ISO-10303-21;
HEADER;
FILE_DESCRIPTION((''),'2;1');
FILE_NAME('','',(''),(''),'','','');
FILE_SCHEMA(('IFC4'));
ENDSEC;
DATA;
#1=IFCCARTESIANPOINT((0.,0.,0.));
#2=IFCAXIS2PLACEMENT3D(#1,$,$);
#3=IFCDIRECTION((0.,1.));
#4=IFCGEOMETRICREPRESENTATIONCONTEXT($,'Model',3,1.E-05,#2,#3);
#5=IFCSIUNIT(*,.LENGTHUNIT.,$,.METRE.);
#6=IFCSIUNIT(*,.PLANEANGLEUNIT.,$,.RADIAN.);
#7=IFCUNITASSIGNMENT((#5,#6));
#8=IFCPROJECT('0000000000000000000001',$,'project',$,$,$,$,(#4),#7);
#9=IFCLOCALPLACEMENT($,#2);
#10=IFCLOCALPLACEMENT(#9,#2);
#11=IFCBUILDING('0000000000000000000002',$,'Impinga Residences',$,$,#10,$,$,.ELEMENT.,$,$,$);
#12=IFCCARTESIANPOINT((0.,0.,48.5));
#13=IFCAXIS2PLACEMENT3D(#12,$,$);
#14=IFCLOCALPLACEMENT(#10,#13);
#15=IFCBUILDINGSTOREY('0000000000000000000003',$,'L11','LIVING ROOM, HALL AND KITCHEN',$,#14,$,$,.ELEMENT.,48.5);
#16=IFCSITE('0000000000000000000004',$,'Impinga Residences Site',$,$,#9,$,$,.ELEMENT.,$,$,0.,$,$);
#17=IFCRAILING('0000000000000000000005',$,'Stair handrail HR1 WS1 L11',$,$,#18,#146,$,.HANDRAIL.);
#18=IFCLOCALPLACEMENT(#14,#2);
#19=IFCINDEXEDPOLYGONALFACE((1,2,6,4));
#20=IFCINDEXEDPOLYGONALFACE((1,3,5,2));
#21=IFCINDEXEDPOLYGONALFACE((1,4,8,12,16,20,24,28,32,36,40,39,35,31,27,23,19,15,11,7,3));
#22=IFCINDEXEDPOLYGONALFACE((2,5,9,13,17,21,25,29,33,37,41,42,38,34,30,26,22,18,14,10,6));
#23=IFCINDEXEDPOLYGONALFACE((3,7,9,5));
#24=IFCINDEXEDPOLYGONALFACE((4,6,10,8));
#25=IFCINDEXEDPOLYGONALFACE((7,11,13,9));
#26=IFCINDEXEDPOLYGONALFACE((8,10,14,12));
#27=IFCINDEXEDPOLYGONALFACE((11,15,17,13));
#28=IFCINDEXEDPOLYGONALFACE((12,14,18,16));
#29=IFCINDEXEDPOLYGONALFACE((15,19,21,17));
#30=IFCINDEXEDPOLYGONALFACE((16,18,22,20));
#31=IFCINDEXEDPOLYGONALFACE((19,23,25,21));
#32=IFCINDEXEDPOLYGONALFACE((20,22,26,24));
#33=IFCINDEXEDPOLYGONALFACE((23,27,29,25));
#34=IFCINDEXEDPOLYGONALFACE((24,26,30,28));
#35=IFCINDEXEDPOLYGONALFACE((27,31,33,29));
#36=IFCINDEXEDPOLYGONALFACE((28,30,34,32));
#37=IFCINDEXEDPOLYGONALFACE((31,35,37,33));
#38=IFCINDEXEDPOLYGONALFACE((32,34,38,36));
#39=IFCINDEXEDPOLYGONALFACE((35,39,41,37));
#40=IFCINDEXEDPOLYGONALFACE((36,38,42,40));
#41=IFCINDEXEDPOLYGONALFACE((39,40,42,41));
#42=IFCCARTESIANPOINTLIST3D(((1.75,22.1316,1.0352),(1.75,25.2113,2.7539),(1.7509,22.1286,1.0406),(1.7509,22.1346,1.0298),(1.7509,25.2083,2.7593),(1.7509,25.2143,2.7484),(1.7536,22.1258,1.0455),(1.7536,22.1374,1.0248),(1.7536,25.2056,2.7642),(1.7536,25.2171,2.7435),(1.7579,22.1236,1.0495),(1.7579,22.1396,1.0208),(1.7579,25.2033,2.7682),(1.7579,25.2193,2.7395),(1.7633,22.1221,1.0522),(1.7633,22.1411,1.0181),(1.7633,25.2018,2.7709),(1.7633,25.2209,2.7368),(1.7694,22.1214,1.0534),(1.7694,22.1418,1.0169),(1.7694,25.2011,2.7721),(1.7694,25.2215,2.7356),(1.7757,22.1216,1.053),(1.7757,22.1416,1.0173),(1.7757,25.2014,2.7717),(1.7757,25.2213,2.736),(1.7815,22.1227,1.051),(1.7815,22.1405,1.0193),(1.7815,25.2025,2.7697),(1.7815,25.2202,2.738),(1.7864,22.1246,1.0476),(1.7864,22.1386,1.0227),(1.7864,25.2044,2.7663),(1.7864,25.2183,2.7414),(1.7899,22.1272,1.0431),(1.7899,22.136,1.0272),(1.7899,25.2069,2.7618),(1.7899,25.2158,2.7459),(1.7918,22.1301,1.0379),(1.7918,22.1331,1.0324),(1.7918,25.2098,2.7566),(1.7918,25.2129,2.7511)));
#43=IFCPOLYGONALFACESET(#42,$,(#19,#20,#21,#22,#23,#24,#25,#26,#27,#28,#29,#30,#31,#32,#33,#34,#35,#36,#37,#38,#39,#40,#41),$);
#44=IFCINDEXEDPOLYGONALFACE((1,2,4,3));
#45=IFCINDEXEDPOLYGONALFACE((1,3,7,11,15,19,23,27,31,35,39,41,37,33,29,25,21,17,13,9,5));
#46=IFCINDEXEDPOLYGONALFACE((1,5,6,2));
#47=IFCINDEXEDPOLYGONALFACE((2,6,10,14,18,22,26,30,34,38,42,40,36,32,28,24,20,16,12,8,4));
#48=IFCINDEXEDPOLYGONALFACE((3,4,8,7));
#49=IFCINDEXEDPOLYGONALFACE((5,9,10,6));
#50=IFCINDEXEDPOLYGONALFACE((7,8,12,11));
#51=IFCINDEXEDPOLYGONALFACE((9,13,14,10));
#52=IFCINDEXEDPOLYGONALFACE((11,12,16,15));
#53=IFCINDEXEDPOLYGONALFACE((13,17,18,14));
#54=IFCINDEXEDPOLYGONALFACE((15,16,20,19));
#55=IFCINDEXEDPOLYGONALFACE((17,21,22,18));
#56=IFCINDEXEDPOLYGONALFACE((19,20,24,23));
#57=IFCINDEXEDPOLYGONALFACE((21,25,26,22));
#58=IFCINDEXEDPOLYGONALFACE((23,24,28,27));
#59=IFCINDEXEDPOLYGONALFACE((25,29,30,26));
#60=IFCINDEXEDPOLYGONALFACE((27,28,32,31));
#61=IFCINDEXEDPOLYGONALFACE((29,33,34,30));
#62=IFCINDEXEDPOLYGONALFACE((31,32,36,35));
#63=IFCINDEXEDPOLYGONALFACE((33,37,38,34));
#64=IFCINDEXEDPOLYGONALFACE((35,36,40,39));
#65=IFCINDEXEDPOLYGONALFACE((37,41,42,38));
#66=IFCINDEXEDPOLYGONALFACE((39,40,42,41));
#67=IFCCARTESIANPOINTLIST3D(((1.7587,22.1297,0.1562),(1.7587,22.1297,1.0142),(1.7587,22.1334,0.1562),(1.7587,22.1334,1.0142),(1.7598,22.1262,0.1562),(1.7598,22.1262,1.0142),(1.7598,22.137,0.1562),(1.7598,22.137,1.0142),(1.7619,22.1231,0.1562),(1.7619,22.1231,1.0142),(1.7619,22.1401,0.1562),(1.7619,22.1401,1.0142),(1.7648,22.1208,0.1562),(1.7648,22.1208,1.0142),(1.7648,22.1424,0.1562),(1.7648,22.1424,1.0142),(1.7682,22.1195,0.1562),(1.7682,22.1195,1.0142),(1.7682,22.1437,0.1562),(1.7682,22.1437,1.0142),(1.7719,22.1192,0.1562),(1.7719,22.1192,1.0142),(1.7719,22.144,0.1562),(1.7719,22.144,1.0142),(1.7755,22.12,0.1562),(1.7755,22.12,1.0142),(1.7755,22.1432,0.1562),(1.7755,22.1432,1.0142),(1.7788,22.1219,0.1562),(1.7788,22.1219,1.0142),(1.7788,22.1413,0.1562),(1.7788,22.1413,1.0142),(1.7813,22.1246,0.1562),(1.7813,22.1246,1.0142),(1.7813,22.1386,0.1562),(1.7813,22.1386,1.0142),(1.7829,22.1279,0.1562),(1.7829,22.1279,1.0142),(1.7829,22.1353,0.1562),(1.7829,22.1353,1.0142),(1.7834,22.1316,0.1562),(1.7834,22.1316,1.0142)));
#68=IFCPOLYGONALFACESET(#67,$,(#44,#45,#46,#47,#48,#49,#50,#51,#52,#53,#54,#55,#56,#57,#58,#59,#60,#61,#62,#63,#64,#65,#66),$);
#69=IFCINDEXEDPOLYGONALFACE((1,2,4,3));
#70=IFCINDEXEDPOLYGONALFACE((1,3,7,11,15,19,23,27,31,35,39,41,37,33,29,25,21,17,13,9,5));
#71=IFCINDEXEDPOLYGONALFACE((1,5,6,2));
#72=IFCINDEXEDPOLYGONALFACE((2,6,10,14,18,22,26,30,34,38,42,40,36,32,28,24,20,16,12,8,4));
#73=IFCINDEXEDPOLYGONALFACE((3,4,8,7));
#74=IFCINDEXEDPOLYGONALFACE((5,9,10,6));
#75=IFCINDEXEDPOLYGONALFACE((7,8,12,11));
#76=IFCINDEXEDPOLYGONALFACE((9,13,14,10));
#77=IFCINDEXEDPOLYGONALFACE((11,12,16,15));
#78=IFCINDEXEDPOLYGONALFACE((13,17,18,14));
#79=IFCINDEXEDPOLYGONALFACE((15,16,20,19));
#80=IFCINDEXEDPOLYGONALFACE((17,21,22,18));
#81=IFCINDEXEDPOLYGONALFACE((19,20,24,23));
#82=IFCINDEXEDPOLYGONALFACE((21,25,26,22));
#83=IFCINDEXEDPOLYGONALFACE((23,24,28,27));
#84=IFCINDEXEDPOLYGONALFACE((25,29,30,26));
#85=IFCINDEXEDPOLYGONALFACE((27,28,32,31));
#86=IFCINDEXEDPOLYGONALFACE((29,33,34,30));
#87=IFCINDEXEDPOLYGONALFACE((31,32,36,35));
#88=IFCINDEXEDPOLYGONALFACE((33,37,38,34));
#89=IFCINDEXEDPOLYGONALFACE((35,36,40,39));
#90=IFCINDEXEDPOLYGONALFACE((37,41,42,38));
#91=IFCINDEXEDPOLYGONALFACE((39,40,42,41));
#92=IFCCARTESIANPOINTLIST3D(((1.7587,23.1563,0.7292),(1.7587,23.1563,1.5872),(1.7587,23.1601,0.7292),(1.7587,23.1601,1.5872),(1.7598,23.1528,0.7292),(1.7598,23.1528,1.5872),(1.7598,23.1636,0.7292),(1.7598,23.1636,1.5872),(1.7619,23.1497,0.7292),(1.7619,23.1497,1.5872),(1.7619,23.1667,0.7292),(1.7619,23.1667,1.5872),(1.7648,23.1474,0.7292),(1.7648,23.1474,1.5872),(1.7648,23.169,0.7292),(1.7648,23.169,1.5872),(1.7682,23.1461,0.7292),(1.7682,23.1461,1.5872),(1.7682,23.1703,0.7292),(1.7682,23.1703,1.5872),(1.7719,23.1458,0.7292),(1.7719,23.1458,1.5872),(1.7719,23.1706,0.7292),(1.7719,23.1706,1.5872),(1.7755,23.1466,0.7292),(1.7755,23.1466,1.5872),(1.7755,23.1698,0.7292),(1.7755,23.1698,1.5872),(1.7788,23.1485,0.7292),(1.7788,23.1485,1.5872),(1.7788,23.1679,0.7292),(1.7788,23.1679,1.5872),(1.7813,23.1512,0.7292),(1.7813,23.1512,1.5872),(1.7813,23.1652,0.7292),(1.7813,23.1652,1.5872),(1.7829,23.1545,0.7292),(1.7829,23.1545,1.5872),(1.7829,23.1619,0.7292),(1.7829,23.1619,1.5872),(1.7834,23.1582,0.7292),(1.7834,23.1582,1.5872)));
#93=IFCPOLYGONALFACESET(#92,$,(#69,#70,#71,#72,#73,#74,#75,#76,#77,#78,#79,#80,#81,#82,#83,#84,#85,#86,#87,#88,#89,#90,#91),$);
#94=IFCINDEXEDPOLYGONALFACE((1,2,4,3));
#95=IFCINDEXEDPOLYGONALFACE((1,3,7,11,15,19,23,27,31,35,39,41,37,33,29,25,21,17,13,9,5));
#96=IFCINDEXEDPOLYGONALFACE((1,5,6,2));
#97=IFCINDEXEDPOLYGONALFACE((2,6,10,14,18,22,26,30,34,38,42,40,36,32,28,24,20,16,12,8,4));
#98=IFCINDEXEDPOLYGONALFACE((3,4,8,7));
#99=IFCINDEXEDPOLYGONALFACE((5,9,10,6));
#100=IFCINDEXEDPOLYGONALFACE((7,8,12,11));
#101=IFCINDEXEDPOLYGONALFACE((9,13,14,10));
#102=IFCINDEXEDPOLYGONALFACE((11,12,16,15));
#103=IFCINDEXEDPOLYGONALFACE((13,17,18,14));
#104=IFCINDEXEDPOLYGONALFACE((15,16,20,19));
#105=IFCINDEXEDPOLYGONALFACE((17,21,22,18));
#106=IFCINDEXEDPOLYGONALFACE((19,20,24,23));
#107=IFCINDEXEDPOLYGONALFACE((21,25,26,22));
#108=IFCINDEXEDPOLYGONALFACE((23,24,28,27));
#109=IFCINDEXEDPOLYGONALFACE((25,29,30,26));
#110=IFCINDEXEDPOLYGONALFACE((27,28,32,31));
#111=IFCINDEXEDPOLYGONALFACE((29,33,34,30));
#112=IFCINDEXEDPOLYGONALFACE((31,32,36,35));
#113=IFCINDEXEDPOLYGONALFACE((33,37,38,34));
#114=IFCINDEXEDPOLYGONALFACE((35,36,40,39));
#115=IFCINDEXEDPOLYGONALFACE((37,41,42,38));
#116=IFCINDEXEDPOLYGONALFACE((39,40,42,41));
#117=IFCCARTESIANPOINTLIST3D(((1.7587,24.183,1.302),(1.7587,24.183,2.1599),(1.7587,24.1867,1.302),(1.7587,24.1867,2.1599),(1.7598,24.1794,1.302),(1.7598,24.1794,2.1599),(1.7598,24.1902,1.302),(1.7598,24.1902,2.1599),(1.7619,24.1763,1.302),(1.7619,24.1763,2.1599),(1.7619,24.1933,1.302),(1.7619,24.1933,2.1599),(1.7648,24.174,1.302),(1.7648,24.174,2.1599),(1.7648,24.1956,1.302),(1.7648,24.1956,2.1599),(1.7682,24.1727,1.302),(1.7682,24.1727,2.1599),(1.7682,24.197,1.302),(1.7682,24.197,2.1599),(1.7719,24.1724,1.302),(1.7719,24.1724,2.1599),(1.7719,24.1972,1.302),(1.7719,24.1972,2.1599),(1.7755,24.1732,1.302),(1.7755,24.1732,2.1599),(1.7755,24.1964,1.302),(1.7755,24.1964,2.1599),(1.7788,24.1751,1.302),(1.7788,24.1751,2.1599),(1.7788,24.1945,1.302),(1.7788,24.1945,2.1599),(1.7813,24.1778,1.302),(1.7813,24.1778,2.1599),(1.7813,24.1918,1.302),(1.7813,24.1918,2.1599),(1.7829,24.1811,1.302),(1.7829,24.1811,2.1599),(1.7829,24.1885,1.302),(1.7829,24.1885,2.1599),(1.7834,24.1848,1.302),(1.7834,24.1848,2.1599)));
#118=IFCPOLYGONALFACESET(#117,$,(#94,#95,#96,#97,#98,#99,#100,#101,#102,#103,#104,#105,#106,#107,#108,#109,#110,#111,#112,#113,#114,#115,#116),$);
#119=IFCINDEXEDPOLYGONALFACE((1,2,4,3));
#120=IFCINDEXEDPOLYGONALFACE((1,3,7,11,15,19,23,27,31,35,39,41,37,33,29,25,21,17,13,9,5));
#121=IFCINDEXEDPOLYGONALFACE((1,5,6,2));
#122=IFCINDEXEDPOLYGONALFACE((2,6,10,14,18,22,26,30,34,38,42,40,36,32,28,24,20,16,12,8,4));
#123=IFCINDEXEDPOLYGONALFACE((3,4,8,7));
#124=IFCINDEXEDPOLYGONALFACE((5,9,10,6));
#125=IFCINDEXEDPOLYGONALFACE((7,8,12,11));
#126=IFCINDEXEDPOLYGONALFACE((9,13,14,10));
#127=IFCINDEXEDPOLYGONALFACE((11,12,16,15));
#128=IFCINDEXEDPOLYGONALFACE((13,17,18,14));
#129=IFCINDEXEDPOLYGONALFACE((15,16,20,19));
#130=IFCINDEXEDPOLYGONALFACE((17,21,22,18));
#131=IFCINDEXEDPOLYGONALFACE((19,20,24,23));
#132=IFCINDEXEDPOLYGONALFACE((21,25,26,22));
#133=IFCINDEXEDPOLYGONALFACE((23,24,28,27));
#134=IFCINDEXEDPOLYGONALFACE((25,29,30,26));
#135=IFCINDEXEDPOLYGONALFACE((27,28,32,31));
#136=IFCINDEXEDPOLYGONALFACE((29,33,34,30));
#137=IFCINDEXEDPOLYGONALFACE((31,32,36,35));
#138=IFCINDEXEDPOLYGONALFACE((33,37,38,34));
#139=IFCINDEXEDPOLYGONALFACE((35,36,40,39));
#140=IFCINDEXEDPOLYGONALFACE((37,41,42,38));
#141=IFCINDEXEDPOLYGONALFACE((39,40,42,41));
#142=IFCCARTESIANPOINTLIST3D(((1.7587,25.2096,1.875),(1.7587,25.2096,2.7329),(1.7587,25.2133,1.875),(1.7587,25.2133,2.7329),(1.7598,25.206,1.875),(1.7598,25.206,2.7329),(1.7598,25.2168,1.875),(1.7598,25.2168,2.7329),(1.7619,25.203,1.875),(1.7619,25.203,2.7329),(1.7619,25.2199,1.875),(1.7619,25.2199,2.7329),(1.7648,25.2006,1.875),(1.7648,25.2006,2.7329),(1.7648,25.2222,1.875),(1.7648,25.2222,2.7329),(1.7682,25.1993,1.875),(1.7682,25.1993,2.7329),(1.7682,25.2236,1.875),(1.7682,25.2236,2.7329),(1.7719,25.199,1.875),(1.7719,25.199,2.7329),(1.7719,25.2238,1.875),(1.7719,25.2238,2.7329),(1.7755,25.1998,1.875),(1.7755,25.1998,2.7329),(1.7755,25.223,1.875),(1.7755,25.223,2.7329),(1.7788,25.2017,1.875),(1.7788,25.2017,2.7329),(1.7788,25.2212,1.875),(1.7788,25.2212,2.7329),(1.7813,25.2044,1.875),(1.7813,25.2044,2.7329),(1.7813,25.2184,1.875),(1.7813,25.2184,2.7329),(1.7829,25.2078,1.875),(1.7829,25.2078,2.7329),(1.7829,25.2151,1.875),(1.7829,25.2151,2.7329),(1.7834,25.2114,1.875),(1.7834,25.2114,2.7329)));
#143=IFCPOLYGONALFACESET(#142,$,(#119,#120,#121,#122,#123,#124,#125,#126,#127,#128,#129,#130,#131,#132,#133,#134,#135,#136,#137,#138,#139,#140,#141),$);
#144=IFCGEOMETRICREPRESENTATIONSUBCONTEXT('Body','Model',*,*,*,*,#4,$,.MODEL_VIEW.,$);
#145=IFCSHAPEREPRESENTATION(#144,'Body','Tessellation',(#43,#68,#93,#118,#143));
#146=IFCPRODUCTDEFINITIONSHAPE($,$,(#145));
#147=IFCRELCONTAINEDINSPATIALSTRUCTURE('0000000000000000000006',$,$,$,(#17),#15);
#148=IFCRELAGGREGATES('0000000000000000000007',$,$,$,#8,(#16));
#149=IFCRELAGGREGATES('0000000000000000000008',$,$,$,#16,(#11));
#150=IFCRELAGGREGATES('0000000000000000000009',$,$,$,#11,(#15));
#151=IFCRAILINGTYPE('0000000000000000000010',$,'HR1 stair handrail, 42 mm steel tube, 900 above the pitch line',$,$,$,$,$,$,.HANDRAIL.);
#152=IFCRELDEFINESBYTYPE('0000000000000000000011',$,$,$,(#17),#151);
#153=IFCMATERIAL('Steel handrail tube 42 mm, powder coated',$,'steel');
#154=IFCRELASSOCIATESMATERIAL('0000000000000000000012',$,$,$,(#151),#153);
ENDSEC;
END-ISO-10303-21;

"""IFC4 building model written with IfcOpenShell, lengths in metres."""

from ifc_helpers import new_model, si_unit, direction, frame, origin, origin_2d, place, context, subcontext, project, spatial, circle, extrude, material, type_object, element, save


model = new_model("IFC4")

# Units and contexts
model_context = context("Model", 3, precision=1e-05, world=origin(), true_north=direction((0.0, 1.0)))
body_context = subcontext(model_context, "Body", "Model", "MODEL_VIEW")
ifc_project = project(units=[si_unit("LENGTHUNIT", "METRE"), si_unit("PLANEANGLEUNIT", "RADIAN")], contexts=[model_context])

# Site, building, storey
site_placement = place(None, origin())
site = spatial("IfcSite", under=ifc_project, at=site_placement, Name="Impinga Residences Site", CompositionType="ELEMENT", RefElevation=0.0)
building_placement = place(site_placement, origin())
building = spatial("IfcBuilding", under=site, at=building_placement, Name="Impinga Residences", CompositionType="ELEMENT")
storey_placement = place(building_placement, frame((0.0, 0.0, 48.5)))
storey = spatial("IfcBuildingStorey", under=building, at=storey_placement, Name="L11", Description="LIVING ROOM, HALL AND KITCHEN", CompositionType="ELEMENT", Elevation=48.5)

# Railing
ifc_material_1 = material(Name="Steel handrail tube 42 mm, powder coated", Category="steel")
railing_type_1 = type_object("IfcRailingType", Name="HR1 stair handrail, 42 mm steel tube, 900 above the pitch line", PredefinedType="HANDRAIL", material=ifc_material_1)
railing_1_placement = place(storey_placement, frame((1.771, 22.1316, 0.1562)))
element("IfcRailing", 1, at=railing_1_placement, inside=storey, type_object=railing_type_1, Name="Stair handrail HR1 WS1 L11", PredefinedType="HANDRAIL", context=body_context, shape_type="SweptSolid", body=[
    extrude(circle(Radius=0.021, at=origin_2d()), frame((0.0, 0.0, 0.8789), z_axis=(0.0, 0.873225, 0.487317), x_axis=(-1.0, 0.0, 0.0)), (0.0, 0.0, 1.0), 3.5269),
    extrude(circle(Radius=0.0125, at=origin_2d()), origin(), (0.0, 0.0, 1.0), 0.8579),
    extrude(circle(Radius=0.0125, at=origin_2d()), frame((0.0, 1.0266, 0.573)), (0.0, 0.0, 1.0), 0.8579),
    extrude(circle(Radius=0.0125, at=origin_2d()), frame((0.0, 2.0532, 1.1458)), (0.0, 0.0, 1.0), 0.8579),
    extrude(circle(Radius=0.0125, at=origin_2d()), frame((0.0, 3.0798, 1.7188)), (0.0, 0.0, 1.0), 0.8579),
])

save(model, "model.ifc")
